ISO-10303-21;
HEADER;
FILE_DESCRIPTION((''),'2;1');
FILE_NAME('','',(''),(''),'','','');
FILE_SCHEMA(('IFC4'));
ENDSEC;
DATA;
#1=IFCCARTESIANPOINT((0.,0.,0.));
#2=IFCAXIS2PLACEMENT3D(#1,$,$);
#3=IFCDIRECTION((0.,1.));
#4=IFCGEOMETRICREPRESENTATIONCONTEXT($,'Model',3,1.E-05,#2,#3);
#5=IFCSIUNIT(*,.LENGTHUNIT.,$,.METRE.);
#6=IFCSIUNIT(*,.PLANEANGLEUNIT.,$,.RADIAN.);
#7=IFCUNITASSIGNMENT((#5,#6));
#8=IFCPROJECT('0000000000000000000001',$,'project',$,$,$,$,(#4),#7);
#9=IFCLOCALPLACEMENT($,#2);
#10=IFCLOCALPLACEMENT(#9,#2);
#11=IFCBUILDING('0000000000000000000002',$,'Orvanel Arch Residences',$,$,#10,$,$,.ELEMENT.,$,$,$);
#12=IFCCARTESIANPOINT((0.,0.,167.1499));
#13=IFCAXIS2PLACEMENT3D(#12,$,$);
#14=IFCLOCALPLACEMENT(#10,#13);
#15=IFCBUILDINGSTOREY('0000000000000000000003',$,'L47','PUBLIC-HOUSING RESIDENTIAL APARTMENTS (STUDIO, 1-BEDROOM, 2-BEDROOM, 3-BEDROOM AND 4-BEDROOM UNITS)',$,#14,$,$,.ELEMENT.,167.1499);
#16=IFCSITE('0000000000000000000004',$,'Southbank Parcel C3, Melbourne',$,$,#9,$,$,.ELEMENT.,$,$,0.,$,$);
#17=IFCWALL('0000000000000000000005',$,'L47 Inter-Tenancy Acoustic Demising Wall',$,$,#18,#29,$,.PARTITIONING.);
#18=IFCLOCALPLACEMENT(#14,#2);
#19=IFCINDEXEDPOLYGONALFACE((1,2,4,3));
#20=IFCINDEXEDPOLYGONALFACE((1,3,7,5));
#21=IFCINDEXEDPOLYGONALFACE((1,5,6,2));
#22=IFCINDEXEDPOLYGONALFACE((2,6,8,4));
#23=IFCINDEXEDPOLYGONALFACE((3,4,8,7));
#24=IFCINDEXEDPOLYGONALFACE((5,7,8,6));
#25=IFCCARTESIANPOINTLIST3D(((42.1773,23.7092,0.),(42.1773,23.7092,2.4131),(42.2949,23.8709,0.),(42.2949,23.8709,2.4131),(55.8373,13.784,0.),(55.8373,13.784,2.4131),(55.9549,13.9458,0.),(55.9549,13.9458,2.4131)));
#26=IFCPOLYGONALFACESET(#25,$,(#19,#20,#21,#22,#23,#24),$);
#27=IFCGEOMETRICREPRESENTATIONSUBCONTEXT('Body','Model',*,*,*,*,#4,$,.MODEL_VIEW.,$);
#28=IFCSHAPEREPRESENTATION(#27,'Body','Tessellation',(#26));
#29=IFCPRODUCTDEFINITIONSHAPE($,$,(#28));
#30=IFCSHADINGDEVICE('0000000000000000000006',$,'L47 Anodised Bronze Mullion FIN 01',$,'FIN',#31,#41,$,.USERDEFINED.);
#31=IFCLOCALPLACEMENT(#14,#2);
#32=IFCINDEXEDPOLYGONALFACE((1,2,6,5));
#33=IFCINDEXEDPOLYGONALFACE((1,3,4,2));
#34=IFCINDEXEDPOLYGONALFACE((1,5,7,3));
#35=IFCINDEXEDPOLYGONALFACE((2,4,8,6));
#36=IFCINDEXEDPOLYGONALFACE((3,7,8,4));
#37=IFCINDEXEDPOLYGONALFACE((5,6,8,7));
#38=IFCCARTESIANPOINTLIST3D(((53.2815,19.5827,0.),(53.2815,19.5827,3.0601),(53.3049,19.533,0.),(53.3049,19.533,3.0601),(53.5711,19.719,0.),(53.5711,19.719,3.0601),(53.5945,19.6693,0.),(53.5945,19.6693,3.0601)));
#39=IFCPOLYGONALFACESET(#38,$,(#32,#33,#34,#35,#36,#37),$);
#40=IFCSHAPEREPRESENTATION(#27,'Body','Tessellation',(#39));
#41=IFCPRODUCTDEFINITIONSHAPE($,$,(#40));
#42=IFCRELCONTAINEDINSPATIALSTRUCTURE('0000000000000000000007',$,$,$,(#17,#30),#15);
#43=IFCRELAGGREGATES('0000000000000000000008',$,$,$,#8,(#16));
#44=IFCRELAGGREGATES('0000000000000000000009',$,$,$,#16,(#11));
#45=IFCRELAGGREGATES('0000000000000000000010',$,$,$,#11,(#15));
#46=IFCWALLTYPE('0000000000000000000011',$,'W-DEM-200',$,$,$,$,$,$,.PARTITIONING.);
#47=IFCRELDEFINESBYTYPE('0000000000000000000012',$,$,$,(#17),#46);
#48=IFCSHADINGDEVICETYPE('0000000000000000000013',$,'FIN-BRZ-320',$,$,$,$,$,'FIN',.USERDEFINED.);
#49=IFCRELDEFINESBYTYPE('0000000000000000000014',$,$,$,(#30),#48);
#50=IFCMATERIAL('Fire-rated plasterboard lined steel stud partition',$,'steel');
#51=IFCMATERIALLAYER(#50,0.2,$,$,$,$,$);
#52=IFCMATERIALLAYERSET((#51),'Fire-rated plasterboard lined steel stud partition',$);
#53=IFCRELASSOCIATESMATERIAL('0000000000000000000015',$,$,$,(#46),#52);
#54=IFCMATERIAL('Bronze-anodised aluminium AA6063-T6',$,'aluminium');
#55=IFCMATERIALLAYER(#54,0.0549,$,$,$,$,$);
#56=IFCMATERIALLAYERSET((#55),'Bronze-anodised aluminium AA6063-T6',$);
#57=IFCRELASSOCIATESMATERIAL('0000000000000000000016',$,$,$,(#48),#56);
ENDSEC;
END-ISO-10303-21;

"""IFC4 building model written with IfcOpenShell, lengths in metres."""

from ifc_helpers import new_model, si_unit, direction, frame, frame_2d, origin, origin_2d, place, context, subcontext, project, spatial, rectangle, extrude, material, layer, layer_set, type_object, element, save


model = new_model("IFC4")

# Units and contexts
model_context = context("Model", 3, precision=1e-05, world=origin(), true_north=direction((0.0, 1.0)))
body_context = subcontext(model_context, "Body", "Model", "MODEL_VIEW")
ifc_project = project(units=[si_unit("LENGTHUNIT", "METRE"), si_unit("PLANEANGLEUNIT", "RADIAN")], contexts=[model_context])

# Site, building, storey
site_placement = place(None, origin())
site = spatial("IfcSite", under=ifc_project, at=site_placement, Name="Southbank Parcel C3, Melbourne", CompositionType="ELEMENT", RefElevation=0.0)
building_placement = place(site_placement, origin())
building = spatial("IfcBuilding", under=site, at=building_placement, Name="Orvanel Arch Residences", CompositionType="ELEMENT")
storey_placement = place(building_placement, frame((0.0, 0.0, 167.1499)))
storey = spatial("IfcBuildingStorey", under=building, at=storey_placement, Name="L47", Description="PUBLIC-HOUSING RESIDENTIAL APARTMENTS (STUDIO, 1-BEDROOM, 2-BEDROOM, 3-BEDROOM AND 4-BEDROOM UNITS)", CompositionType="ELEMENT", Elevation=167.1499)

# Shared definitions
ifc_material_1 = material(Name="Bronze-anodised aluminium AA6063-T6", Category="aluminium")

# Wall
ifc_material_2 = material(Name="Fire-rated plasterboard lined steel stud partition", Category="steel")
ifc_layer_1 = layer(ifc_material_2, 0.2)
ifc_layer_set_1 = layer_set([ifc_layer_1], Name="Fire-rated plasterboard lined steel stud partition")
wall_type_1 = type_object("IfcWallType", Name="W-DEM-200", PredefinedType="PARTITIONING", material=ifc_layer_set_1)
wall_1_placement = place(storey_placement, frame((55.896, 13.865, 0.0), z_axis=(0.0, 0.0, 1.0), x_axis=(-0.809002, 0.587806, 0.0)))
element("IfcWall", 1, at=wall_1_placement, inside=storey, type_object=wall_type_1, Name="L47 Inter-Tenancy Acoustic Demising Wall", PredefinedType="PARTITIONING", context=body_context, shape_type="SweptSolid", body=[
    extrude(rectangle(XDim=16.885, YDim=0.2, at=frame_2d((8.4424, 0.0))), origin(), (0.0, 0.0, 1.0), 2.4131),
])

# Shading device
ifc_layer_2 = layer(ifc_material_1, 0.0549)
ifc_layer_set_2 = layer_set([ifc_layer_2], Name="Bronze-anodised aluminium AA6063-T6")
shading_device_type = type_object("IfcShadingDeviceType", Name="FIN-BRZ-320", ElementType="FIN", PredefinedType="USERDEFINED", material=ifc_layer_set_2)
shading_device_placement = place(storey_placement, frame((53.438, 19.626, 0.0), z_axis=(0.0, 0.0, 1.0), x_axis=(0.904827, 0.425779, 0.0)))
element("IfcShadingDevice", 2, at=shading_device_placement, inside=storey, type_object=shading_device_type, Name="L47 Anodised Bronze Mullion FIN 01", ObjectType="FIN", PredefinedType="USERDEFINED", context=body_context, shape_type="SweptSolid", body=[
    extrude(rectangle(XDim=0.3201, YDim=0.0549, at=origin_2d()), origin(), (0.0, 0.0, 1.0), 3.0601),
])

save(model, "model.ifc")
